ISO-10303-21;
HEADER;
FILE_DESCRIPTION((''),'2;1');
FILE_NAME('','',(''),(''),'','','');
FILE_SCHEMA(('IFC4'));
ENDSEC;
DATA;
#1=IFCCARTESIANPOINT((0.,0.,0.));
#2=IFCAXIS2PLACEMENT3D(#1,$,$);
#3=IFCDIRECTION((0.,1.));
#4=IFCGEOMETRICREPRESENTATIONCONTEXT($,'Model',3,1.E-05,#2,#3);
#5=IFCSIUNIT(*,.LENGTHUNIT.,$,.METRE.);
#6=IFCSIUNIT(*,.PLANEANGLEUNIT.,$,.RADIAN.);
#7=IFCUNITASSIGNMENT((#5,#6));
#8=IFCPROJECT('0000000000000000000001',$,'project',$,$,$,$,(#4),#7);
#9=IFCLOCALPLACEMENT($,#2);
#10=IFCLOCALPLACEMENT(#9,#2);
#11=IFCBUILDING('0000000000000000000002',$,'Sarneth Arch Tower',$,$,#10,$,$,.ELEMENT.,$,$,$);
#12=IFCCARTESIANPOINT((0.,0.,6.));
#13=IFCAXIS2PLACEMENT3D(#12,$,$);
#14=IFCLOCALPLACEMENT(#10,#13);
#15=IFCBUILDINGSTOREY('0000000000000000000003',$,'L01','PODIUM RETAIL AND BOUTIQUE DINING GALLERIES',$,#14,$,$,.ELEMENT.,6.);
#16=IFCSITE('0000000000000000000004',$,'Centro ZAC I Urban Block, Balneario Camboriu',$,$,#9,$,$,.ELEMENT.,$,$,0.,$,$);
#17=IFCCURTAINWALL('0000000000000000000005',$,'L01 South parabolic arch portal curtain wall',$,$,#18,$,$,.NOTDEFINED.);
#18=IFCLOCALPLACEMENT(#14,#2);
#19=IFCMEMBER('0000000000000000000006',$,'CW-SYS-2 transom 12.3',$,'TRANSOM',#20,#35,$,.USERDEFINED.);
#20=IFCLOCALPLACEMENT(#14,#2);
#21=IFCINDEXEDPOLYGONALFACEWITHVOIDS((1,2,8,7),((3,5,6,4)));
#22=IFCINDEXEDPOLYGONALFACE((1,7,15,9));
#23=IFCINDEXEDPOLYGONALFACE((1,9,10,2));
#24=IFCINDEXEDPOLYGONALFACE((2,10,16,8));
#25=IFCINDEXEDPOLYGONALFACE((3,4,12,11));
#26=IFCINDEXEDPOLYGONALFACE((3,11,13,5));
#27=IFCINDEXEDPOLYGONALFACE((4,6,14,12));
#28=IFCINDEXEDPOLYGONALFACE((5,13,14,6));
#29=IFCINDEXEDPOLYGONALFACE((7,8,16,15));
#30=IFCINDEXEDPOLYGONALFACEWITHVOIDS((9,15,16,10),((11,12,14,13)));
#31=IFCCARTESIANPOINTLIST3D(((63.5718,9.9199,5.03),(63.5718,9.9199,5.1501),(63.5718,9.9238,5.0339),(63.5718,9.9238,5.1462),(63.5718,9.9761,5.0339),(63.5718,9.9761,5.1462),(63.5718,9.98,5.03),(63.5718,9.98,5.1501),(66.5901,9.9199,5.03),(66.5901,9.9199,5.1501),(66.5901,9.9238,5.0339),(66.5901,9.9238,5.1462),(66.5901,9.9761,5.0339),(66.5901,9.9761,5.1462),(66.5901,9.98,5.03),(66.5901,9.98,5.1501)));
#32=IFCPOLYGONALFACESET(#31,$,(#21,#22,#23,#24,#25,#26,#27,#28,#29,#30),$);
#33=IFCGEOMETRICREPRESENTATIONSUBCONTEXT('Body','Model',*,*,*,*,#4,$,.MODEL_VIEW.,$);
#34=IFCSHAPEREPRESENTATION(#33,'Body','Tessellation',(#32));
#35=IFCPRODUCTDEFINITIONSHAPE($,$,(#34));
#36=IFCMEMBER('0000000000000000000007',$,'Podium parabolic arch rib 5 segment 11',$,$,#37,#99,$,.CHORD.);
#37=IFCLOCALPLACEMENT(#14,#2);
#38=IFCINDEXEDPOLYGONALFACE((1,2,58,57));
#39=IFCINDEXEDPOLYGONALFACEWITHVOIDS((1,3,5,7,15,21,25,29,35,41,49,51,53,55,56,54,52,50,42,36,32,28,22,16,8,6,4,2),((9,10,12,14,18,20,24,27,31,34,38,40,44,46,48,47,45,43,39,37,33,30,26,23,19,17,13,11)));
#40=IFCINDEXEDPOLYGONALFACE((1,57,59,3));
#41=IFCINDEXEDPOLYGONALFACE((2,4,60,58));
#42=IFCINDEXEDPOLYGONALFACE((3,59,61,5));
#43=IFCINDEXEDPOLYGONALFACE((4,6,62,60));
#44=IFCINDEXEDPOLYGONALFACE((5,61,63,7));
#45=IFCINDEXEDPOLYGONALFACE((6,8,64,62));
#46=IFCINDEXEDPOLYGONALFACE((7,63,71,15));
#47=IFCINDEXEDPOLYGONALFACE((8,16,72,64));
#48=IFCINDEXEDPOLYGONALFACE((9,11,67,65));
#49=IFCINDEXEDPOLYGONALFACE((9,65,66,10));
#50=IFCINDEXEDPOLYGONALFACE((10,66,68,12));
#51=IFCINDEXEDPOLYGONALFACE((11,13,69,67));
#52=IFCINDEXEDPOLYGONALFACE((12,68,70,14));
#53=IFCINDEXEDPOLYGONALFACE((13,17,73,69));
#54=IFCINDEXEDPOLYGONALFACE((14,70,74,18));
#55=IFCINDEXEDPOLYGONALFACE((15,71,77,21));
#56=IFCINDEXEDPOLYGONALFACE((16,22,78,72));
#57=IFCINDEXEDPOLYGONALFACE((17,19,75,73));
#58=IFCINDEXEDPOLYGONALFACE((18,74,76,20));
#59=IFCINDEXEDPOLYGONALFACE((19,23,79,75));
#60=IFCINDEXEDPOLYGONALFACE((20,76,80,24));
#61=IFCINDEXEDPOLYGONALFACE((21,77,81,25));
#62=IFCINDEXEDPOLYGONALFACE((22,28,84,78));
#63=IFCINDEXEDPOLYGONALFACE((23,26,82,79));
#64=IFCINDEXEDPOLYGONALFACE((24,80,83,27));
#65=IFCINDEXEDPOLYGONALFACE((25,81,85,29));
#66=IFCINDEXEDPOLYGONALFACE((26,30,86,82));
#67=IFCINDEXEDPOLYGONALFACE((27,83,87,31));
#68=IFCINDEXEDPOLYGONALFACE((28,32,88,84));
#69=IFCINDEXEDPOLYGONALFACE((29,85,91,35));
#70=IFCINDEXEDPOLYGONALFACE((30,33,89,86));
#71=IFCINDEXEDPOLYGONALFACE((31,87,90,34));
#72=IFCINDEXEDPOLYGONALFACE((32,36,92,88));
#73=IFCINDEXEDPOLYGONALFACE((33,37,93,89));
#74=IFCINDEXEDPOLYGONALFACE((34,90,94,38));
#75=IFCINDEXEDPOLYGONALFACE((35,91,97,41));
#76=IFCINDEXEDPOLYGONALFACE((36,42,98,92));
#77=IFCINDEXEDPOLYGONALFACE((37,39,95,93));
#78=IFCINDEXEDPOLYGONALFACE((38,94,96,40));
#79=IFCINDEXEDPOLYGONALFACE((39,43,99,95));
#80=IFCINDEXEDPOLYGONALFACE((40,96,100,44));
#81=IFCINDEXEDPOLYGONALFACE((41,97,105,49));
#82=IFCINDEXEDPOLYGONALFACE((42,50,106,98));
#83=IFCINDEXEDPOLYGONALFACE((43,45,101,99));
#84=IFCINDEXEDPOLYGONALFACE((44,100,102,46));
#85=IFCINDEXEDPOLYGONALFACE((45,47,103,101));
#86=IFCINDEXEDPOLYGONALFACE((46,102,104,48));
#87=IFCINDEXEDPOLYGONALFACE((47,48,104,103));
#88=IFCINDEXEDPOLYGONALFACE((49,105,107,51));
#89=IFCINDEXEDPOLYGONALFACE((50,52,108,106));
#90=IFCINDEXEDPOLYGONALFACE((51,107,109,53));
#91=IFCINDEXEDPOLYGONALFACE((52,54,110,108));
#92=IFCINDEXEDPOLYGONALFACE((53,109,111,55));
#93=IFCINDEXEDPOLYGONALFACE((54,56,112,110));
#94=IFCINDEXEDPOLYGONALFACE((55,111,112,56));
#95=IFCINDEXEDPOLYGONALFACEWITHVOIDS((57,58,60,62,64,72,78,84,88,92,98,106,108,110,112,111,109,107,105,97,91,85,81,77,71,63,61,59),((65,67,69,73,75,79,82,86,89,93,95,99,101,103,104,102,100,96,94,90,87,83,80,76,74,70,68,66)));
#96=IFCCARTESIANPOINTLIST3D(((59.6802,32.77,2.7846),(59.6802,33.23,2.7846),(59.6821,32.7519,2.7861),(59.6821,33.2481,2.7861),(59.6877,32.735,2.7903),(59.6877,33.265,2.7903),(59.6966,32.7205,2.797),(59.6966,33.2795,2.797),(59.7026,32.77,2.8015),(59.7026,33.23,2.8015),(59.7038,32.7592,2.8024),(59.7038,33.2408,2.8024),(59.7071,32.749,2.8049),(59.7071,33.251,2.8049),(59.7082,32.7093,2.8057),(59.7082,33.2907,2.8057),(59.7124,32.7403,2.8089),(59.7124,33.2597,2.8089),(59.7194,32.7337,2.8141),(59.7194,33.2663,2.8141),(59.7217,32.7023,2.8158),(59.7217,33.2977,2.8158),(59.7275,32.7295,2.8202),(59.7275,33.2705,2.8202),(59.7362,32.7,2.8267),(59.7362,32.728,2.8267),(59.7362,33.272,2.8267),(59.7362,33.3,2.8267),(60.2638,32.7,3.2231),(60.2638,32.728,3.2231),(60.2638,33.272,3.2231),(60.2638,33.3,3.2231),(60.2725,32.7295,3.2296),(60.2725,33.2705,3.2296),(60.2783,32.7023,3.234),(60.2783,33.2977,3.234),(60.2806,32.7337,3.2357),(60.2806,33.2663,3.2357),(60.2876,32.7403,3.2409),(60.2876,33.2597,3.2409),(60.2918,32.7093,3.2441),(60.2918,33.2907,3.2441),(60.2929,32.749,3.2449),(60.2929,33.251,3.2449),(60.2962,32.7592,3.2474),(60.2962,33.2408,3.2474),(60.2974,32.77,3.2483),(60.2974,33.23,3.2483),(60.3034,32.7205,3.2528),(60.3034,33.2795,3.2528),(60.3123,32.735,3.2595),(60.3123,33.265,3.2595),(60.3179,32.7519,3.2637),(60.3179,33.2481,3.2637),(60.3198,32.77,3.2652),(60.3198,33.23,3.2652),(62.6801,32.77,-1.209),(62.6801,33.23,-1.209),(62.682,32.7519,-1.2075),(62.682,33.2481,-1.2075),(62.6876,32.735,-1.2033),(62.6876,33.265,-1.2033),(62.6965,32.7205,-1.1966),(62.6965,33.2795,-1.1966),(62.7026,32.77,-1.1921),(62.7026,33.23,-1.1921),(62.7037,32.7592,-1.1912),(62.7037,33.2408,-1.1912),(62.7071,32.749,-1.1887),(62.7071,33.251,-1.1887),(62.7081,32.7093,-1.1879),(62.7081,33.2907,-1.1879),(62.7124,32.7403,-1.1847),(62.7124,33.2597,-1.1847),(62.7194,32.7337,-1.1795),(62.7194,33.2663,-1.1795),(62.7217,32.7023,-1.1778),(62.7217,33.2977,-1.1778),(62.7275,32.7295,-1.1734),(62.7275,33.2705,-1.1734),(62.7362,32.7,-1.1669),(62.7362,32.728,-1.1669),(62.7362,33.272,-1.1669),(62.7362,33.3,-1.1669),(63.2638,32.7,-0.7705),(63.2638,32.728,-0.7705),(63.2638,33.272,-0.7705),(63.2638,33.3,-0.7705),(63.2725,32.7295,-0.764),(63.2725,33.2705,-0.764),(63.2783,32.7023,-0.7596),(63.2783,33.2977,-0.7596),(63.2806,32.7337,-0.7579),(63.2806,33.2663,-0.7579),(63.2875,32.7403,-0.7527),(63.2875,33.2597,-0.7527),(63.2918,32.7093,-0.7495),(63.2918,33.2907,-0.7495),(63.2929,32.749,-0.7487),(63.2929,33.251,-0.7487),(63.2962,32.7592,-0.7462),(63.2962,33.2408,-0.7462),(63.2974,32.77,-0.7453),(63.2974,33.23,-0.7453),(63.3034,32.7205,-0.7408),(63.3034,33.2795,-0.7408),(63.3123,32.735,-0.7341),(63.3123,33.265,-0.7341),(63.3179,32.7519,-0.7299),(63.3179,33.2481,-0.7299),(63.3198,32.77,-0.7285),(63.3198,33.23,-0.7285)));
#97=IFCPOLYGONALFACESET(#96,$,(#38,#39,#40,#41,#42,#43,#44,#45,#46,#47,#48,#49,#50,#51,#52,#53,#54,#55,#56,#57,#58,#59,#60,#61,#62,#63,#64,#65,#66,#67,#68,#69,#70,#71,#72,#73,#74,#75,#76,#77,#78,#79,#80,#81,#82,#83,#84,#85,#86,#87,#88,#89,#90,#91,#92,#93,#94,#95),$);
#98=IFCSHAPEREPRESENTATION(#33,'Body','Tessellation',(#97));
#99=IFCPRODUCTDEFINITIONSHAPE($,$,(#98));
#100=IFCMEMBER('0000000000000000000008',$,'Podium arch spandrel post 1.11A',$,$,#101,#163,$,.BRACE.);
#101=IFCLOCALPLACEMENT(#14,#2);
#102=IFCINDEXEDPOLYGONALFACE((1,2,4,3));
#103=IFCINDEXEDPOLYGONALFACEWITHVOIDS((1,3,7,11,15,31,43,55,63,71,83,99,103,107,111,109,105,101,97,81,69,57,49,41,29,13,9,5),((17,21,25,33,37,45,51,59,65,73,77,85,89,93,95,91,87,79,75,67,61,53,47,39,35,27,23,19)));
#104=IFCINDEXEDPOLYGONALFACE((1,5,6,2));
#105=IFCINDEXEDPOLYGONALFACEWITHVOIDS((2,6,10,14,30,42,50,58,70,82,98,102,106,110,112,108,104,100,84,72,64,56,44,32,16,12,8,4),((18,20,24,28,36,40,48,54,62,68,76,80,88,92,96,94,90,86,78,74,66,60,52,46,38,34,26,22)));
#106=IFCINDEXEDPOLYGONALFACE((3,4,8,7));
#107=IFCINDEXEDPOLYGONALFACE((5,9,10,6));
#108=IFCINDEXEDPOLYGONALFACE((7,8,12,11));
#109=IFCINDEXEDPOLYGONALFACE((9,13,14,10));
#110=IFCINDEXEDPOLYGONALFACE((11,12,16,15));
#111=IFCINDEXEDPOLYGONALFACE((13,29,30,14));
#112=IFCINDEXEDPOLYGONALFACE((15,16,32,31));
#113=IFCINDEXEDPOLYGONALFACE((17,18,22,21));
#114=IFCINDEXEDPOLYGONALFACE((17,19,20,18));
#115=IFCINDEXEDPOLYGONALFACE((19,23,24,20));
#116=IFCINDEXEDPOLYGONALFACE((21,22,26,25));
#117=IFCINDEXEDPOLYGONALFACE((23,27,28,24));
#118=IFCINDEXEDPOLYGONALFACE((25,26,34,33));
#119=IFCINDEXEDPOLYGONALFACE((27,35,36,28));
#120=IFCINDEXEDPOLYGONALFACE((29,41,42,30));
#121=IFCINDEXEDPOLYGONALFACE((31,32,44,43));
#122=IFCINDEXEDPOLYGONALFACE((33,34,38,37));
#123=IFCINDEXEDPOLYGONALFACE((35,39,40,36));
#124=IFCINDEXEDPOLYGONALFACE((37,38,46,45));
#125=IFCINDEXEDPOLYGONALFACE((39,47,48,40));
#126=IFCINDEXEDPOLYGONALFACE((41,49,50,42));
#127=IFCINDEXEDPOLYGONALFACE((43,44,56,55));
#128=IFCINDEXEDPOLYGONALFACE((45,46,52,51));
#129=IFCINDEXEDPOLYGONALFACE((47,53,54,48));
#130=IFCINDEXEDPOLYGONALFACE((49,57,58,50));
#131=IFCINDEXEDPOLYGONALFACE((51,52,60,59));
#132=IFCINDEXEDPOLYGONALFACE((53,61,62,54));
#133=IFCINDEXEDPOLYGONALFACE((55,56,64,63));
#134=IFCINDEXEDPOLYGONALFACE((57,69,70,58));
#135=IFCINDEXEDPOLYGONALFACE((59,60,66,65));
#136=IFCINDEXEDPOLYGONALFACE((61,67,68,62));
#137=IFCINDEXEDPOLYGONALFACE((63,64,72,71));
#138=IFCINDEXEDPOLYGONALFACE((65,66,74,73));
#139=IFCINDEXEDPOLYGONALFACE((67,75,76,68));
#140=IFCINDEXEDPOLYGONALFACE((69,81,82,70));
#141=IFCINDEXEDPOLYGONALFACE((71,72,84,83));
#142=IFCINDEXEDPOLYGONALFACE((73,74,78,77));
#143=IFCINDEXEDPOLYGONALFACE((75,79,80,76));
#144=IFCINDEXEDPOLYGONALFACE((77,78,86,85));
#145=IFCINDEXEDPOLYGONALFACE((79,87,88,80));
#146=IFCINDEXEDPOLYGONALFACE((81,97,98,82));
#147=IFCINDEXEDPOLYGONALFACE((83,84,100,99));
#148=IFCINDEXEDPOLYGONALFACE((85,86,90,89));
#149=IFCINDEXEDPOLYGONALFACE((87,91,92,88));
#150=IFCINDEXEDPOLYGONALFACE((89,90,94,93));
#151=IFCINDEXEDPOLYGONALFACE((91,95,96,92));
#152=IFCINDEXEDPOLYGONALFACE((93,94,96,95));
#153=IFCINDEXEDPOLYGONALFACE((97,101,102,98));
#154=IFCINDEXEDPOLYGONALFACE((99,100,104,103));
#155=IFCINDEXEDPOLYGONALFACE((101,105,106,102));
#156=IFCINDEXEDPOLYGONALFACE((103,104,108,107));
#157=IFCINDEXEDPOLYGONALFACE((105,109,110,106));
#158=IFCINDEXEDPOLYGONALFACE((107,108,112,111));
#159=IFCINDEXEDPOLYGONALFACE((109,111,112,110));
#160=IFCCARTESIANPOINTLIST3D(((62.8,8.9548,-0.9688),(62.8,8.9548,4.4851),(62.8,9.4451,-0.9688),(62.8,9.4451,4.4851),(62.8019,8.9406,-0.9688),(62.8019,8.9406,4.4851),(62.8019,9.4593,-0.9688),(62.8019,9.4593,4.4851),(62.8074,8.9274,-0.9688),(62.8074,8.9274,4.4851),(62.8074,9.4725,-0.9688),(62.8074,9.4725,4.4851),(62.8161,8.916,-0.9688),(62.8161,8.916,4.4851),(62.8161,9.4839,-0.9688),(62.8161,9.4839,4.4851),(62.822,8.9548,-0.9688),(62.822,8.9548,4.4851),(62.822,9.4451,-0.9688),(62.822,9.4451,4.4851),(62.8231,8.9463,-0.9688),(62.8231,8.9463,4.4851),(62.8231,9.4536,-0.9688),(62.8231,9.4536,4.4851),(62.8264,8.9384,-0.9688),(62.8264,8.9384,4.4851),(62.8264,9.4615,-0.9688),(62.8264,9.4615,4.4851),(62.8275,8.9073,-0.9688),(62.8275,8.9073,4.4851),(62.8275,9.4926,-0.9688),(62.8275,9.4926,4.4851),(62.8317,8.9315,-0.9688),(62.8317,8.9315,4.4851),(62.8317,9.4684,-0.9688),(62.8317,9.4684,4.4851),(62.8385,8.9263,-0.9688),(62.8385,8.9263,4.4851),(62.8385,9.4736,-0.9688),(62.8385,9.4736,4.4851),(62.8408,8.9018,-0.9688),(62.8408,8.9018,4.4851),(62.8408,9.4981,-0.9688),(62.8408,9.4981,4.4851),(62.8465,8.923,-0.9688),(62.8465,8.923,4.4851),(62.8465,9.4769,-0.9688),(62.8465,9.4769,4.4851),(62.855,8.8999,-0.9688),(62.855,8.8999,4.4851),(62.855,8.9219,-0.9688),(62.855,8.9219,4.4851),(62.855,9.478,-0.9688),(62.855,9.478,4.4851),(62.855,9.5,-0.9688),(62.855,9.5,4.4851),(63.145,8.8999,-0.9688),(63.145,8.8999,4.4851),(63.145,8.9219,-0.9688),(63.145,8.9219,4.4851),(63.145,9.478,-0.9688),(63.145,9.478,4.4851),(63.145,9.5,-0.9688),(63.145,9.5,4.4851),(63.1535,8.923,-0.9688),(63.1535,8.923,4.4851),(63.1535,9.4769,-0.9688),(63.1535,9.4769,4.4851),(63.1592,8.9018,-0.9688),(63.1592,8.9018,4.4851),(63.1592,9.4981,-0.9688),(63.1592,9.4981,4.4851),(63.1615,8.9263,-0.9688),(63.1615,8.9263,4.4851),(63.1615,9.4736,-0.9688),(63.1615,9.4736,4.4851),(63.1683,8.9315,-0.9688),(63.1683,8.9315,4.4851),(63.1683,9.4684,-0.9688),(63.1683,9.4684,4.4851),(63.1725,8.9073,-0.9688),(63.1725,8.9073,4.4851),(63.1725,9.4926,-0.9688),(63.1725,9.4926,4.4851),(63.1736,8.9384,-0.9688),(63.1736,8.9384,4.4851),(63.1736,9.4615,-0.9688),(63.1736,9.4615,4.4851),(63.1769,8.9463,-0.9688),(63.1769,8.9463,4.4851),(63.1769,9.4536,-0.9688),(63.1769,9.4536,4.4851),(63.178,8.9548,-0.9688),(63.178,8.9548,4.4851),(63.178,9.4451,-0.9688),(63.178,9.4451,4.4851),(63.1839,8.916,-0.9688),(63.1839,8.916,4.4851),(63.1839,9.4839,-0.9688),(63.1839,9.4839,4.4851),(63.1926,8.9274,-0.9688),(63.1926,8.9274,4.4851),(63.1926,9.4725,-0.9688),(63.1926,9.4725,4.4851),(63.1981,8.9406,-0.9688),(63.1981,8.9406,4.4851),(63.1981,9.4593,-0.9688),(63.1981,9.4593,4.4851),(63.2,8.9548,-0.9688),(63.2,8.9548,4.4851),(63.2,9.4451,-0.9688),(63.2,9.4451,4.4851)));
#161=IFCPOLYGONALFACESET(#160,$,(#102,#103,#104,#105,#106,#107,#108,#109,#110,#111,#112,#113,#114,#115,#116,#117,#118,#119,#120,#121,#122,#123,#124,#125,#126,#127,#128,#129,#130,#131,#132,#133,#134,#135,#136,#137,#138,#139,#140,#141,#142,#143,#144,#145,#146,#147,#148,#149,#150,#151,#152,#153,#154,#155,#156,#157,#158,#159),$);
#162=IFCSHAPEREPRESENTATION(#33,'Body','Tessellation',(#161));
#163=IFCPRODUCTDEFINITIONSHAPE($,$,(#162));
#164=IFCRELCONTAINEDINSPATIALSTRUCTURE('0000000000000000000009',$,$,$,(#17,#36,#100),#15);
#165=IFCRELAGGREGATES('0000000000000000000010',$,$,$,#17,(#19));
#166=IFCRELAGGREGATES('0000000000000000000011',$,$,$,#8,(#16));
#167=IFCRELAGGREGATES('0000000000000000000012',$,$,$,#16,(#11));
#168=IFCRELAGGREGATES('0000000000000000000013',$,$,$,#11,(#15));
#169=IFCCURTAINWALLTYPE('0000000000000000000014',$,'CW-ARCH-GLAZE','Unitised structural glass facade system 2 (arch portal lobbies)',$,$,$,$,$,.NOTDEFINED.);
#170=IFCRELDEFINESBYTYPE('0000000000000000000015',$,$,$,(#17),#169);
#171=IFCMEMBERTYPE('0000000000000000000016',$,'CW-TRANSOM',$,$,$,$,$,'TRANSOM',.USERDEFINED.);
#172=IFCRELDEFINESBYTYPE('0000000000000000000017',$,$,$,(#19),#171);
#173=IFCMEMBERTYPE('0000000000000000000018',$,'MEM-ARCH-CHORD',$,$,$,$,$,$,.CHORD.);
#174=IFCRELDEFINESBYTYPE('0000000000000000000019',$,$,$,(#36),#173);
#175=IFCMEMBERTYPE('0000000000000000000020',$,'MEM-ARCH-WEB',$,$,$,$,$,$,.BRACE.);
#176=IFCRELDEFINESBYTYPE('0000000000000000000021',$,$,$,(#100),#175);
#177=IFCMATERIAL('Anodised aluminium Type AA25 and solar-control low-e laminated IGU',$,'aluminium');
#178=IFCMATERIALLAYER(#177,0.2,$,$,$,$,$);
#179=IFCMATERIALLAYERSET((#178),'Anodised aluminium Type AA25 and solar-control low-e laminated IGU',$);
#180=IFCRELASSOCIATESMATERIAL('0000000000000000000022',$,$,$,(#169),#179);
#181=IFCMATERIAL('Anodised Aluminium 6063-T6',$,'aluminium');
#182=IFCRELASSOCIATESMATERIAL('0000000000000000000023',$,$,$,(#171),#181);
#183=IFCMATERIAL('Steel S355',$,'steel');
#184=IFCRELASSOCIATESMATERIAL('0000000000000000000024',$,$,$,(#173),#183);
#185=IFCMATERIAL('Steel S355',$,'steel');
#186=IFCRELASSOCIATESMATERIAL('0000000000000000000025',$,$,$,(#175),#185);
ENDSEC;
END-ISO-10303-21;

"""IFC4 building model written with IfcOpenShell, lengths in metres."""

from ifc_helpers import new_model, si_unit, direction, frame, origin, origin_2d, place, context, subcontext, project, spatial, hollow_rectangle, extrude, material, layer, layer_set, material_profile, profile_set, type_object, element, aggregate, save


model = new_model("IFC4")

# Units and contexts
model_context = context("Model", 3, precision=1e-05, world=origin(), true_north=direction((0.0, 1.0)))
body_context = subcontext(model_context, "Body", "Model", "MODEL_VIEW")
ifc_project = project(units=[si_unit("LENGTHUNIT", "METRE"), si_unit("PLANEANGLEUNIT", "RADIAN")], contexts=[model_context])

# Site, building, storey
site_placement = place(None, origin())
site = spatial("IfcSite", under=ifc_project, at=site_placement, Name="Centro ZAC I Urban Block, Balneario Camboriu", CompositionType="ELEMENT", RefElevation=0.0)
building_placement = place(site_placement, origin())
building = spatial("IfcBuilding", under=site, at=building_placement, Name="Sarneth Arch Tower", CompositionType="ELEMENT")
storey_placement = place(building_placement, frame((0.0, 0.0, 6.0)))
storey = spatial("IfcBuildingStorey", under=building, at=storey_placement, Name="L01", Description="PODIUM RETAIL AND BOUTIQUE DINING GALLERIES", CompositionType="ELEMENT", Elevation=6.0)

# Curtain wall, member
ifc_material_1 = material(Name="Anodised aluminium Type AA25 and solar-control low-e laminated IGU", Category="aluminium")
ifc_layer_1 = layer(ifc_material_1, 0.2)
ifc_layer_set_1 = layer_set([ifc_layer_1], Name="Anodised aluminium Type AA25 and solar-control low-e laminated IGU")
curtain_wall_type = type_object("IfcCurtainWallType", Name="CW-ARCH-GLAZE", Description="Unitised structural glass facade system 2 (arch portal lobbies)", PredefinedType="NOTDEFINED", material=ifc_layer_set_1)
curtain_wall_placement = place(storey_placement, origin())
curtain_wall = element("IfcCurtainWall", 1, at=curtain_wall_placement, inside=storey, type_object=curtain_wall_type, Name="L01 South parabolic arch portal curtain wall", PredefinedType="NOTDEFINED")
ifc_material_2 = material(Name="Anodised Aluminium 6063-T6", Category="aluminium")
ifc_material_profile_1 = material_profile(ifc_material_2, hollow_rectangle(XDim=0.0601, YDim=0.1201, WallThickness=0.0039, at=origin_2d()), Name="AL-TRAN-120x60x4")
ifc_profile_set_1 = profile_set([ifc_material_profile_1], Name="Anodised Aluminium 6063-T6")
member_type_1 = type_object("IfcMemberType", Name="CW-TRANSOM", ElementType="TRANSOM", PredefinedType="USERDEFINED", material=ifc_profile_set_1)
member_1_placement = place(storey_placement, frame((63.5718, 9.95, 5.0901), z_axis=(1.0, 0.0, 0.0), x_axis=(0.0, 1.0, 0.0)))
member_1 = element("IfcMember", 2, at=member_1_placement, type_object=member_type_1, Name="CW-SYS-2 transom 12.3", ObjectType="TRANSOM", PredefinedType="USERDEFINED", context=body_context, shape_type="SweptSolid", body=[
    extrude(hollow_rectangle(XDim=0.0601, YDim=0.1201, WallThickness=0.0039, at=origin_2d()), origin(), (0.0, 0.0, 1.0), 3.0183),
])

# Members
ifc_material_3 = material(Name="Steel S355", Category="steel")
ifc_material_profile_2 = material_profile(ifc_material_3, hollow_rectangle(XDim=0.6001, YDim=0.8, WallThickness=0.0281, InnerFilletRadius=0.042, OuterFilletRadius=0.0701, at=origin_2d()), Name="RHS800x600x28")
ifc_profile_set_2 = profile_set([ifc_material_profile_2], Name="Steel S355")
member_type_2 = type_object("IfcMemberType", Name="MEM-ARCH-CHORD", PredefinedType="CHORD", material=ifc_profile_set_2)
member_2_placement = place(storey_placement, frame((60.0, 33.0, 3.0249), z_axis=(0.60061, 0.0, -0.799542), x_axis=(0.0, 1.0, 0.0)))
element("IfcMember", 3, at=member_2_placement, inside=storey, type_object=member_type_2, Name="Podium parabolic arch rib 5 segment 11", PredefinedType="CHORD", context=body_context, shape_type="SweptSolid", body=[
    extrude(hollow_rectangle(XDim=0.6001, YDim=0.8, WallThickness=0.0281, InnerFilletRadius=0.042, OuterFilletRadius=0.0701, at=origin_2d()), origin(), (0.0, 0.0, 1.0), 4.9949),
])
ifc_material_4 = material(Name="Steel S355", Category="steel")
ifc_material_profile_3 = material_profile(ifc_material_4, hollow_rectangle(XDim=0.3999, YDim=0.6001, WallThickness=0.022, InnerFilletRadius=0.033, OuterFilletRadius=0.0549, at=origin_2d()), Name="RHS600x400x22")
ifc_profile_set_3 = profile_set([ifc_material_profile_3], Name="Steel S355")
member_type_3 = type_object("IfcMemberType", Name="MEM-ARCH-WEB", PredefinedType="BRACE", material=ifc_profile_set_3)
member_3_placement = place(storey_placement, frame((63.0, 9.2, -0.9688), z_axis=(0.0, 0.0, 1.0), x_axis=(1.0, 0.0, 0.0)))
element("IfcMember", 4, at=member_3_placement, inside=storey, type_object=member_type_3, Name="Podium arch spandrel post 1.11A", PredefinedType="BRACE", context=body_context, shape_type="SweptSolid", body=[
    extrude(hollow_rectangle(XDim=0.3999, YDim=0.6001, WallThickness=0.022, InnerFilletRadius=0.033, OuterFilletRadius=0.0549, at=origin_2d()), origin(), (0.0, 0.0, 1.0), 5.4539),
])

aggregate(curtain_wall, [member_1])

save(model, "model.ifc")
